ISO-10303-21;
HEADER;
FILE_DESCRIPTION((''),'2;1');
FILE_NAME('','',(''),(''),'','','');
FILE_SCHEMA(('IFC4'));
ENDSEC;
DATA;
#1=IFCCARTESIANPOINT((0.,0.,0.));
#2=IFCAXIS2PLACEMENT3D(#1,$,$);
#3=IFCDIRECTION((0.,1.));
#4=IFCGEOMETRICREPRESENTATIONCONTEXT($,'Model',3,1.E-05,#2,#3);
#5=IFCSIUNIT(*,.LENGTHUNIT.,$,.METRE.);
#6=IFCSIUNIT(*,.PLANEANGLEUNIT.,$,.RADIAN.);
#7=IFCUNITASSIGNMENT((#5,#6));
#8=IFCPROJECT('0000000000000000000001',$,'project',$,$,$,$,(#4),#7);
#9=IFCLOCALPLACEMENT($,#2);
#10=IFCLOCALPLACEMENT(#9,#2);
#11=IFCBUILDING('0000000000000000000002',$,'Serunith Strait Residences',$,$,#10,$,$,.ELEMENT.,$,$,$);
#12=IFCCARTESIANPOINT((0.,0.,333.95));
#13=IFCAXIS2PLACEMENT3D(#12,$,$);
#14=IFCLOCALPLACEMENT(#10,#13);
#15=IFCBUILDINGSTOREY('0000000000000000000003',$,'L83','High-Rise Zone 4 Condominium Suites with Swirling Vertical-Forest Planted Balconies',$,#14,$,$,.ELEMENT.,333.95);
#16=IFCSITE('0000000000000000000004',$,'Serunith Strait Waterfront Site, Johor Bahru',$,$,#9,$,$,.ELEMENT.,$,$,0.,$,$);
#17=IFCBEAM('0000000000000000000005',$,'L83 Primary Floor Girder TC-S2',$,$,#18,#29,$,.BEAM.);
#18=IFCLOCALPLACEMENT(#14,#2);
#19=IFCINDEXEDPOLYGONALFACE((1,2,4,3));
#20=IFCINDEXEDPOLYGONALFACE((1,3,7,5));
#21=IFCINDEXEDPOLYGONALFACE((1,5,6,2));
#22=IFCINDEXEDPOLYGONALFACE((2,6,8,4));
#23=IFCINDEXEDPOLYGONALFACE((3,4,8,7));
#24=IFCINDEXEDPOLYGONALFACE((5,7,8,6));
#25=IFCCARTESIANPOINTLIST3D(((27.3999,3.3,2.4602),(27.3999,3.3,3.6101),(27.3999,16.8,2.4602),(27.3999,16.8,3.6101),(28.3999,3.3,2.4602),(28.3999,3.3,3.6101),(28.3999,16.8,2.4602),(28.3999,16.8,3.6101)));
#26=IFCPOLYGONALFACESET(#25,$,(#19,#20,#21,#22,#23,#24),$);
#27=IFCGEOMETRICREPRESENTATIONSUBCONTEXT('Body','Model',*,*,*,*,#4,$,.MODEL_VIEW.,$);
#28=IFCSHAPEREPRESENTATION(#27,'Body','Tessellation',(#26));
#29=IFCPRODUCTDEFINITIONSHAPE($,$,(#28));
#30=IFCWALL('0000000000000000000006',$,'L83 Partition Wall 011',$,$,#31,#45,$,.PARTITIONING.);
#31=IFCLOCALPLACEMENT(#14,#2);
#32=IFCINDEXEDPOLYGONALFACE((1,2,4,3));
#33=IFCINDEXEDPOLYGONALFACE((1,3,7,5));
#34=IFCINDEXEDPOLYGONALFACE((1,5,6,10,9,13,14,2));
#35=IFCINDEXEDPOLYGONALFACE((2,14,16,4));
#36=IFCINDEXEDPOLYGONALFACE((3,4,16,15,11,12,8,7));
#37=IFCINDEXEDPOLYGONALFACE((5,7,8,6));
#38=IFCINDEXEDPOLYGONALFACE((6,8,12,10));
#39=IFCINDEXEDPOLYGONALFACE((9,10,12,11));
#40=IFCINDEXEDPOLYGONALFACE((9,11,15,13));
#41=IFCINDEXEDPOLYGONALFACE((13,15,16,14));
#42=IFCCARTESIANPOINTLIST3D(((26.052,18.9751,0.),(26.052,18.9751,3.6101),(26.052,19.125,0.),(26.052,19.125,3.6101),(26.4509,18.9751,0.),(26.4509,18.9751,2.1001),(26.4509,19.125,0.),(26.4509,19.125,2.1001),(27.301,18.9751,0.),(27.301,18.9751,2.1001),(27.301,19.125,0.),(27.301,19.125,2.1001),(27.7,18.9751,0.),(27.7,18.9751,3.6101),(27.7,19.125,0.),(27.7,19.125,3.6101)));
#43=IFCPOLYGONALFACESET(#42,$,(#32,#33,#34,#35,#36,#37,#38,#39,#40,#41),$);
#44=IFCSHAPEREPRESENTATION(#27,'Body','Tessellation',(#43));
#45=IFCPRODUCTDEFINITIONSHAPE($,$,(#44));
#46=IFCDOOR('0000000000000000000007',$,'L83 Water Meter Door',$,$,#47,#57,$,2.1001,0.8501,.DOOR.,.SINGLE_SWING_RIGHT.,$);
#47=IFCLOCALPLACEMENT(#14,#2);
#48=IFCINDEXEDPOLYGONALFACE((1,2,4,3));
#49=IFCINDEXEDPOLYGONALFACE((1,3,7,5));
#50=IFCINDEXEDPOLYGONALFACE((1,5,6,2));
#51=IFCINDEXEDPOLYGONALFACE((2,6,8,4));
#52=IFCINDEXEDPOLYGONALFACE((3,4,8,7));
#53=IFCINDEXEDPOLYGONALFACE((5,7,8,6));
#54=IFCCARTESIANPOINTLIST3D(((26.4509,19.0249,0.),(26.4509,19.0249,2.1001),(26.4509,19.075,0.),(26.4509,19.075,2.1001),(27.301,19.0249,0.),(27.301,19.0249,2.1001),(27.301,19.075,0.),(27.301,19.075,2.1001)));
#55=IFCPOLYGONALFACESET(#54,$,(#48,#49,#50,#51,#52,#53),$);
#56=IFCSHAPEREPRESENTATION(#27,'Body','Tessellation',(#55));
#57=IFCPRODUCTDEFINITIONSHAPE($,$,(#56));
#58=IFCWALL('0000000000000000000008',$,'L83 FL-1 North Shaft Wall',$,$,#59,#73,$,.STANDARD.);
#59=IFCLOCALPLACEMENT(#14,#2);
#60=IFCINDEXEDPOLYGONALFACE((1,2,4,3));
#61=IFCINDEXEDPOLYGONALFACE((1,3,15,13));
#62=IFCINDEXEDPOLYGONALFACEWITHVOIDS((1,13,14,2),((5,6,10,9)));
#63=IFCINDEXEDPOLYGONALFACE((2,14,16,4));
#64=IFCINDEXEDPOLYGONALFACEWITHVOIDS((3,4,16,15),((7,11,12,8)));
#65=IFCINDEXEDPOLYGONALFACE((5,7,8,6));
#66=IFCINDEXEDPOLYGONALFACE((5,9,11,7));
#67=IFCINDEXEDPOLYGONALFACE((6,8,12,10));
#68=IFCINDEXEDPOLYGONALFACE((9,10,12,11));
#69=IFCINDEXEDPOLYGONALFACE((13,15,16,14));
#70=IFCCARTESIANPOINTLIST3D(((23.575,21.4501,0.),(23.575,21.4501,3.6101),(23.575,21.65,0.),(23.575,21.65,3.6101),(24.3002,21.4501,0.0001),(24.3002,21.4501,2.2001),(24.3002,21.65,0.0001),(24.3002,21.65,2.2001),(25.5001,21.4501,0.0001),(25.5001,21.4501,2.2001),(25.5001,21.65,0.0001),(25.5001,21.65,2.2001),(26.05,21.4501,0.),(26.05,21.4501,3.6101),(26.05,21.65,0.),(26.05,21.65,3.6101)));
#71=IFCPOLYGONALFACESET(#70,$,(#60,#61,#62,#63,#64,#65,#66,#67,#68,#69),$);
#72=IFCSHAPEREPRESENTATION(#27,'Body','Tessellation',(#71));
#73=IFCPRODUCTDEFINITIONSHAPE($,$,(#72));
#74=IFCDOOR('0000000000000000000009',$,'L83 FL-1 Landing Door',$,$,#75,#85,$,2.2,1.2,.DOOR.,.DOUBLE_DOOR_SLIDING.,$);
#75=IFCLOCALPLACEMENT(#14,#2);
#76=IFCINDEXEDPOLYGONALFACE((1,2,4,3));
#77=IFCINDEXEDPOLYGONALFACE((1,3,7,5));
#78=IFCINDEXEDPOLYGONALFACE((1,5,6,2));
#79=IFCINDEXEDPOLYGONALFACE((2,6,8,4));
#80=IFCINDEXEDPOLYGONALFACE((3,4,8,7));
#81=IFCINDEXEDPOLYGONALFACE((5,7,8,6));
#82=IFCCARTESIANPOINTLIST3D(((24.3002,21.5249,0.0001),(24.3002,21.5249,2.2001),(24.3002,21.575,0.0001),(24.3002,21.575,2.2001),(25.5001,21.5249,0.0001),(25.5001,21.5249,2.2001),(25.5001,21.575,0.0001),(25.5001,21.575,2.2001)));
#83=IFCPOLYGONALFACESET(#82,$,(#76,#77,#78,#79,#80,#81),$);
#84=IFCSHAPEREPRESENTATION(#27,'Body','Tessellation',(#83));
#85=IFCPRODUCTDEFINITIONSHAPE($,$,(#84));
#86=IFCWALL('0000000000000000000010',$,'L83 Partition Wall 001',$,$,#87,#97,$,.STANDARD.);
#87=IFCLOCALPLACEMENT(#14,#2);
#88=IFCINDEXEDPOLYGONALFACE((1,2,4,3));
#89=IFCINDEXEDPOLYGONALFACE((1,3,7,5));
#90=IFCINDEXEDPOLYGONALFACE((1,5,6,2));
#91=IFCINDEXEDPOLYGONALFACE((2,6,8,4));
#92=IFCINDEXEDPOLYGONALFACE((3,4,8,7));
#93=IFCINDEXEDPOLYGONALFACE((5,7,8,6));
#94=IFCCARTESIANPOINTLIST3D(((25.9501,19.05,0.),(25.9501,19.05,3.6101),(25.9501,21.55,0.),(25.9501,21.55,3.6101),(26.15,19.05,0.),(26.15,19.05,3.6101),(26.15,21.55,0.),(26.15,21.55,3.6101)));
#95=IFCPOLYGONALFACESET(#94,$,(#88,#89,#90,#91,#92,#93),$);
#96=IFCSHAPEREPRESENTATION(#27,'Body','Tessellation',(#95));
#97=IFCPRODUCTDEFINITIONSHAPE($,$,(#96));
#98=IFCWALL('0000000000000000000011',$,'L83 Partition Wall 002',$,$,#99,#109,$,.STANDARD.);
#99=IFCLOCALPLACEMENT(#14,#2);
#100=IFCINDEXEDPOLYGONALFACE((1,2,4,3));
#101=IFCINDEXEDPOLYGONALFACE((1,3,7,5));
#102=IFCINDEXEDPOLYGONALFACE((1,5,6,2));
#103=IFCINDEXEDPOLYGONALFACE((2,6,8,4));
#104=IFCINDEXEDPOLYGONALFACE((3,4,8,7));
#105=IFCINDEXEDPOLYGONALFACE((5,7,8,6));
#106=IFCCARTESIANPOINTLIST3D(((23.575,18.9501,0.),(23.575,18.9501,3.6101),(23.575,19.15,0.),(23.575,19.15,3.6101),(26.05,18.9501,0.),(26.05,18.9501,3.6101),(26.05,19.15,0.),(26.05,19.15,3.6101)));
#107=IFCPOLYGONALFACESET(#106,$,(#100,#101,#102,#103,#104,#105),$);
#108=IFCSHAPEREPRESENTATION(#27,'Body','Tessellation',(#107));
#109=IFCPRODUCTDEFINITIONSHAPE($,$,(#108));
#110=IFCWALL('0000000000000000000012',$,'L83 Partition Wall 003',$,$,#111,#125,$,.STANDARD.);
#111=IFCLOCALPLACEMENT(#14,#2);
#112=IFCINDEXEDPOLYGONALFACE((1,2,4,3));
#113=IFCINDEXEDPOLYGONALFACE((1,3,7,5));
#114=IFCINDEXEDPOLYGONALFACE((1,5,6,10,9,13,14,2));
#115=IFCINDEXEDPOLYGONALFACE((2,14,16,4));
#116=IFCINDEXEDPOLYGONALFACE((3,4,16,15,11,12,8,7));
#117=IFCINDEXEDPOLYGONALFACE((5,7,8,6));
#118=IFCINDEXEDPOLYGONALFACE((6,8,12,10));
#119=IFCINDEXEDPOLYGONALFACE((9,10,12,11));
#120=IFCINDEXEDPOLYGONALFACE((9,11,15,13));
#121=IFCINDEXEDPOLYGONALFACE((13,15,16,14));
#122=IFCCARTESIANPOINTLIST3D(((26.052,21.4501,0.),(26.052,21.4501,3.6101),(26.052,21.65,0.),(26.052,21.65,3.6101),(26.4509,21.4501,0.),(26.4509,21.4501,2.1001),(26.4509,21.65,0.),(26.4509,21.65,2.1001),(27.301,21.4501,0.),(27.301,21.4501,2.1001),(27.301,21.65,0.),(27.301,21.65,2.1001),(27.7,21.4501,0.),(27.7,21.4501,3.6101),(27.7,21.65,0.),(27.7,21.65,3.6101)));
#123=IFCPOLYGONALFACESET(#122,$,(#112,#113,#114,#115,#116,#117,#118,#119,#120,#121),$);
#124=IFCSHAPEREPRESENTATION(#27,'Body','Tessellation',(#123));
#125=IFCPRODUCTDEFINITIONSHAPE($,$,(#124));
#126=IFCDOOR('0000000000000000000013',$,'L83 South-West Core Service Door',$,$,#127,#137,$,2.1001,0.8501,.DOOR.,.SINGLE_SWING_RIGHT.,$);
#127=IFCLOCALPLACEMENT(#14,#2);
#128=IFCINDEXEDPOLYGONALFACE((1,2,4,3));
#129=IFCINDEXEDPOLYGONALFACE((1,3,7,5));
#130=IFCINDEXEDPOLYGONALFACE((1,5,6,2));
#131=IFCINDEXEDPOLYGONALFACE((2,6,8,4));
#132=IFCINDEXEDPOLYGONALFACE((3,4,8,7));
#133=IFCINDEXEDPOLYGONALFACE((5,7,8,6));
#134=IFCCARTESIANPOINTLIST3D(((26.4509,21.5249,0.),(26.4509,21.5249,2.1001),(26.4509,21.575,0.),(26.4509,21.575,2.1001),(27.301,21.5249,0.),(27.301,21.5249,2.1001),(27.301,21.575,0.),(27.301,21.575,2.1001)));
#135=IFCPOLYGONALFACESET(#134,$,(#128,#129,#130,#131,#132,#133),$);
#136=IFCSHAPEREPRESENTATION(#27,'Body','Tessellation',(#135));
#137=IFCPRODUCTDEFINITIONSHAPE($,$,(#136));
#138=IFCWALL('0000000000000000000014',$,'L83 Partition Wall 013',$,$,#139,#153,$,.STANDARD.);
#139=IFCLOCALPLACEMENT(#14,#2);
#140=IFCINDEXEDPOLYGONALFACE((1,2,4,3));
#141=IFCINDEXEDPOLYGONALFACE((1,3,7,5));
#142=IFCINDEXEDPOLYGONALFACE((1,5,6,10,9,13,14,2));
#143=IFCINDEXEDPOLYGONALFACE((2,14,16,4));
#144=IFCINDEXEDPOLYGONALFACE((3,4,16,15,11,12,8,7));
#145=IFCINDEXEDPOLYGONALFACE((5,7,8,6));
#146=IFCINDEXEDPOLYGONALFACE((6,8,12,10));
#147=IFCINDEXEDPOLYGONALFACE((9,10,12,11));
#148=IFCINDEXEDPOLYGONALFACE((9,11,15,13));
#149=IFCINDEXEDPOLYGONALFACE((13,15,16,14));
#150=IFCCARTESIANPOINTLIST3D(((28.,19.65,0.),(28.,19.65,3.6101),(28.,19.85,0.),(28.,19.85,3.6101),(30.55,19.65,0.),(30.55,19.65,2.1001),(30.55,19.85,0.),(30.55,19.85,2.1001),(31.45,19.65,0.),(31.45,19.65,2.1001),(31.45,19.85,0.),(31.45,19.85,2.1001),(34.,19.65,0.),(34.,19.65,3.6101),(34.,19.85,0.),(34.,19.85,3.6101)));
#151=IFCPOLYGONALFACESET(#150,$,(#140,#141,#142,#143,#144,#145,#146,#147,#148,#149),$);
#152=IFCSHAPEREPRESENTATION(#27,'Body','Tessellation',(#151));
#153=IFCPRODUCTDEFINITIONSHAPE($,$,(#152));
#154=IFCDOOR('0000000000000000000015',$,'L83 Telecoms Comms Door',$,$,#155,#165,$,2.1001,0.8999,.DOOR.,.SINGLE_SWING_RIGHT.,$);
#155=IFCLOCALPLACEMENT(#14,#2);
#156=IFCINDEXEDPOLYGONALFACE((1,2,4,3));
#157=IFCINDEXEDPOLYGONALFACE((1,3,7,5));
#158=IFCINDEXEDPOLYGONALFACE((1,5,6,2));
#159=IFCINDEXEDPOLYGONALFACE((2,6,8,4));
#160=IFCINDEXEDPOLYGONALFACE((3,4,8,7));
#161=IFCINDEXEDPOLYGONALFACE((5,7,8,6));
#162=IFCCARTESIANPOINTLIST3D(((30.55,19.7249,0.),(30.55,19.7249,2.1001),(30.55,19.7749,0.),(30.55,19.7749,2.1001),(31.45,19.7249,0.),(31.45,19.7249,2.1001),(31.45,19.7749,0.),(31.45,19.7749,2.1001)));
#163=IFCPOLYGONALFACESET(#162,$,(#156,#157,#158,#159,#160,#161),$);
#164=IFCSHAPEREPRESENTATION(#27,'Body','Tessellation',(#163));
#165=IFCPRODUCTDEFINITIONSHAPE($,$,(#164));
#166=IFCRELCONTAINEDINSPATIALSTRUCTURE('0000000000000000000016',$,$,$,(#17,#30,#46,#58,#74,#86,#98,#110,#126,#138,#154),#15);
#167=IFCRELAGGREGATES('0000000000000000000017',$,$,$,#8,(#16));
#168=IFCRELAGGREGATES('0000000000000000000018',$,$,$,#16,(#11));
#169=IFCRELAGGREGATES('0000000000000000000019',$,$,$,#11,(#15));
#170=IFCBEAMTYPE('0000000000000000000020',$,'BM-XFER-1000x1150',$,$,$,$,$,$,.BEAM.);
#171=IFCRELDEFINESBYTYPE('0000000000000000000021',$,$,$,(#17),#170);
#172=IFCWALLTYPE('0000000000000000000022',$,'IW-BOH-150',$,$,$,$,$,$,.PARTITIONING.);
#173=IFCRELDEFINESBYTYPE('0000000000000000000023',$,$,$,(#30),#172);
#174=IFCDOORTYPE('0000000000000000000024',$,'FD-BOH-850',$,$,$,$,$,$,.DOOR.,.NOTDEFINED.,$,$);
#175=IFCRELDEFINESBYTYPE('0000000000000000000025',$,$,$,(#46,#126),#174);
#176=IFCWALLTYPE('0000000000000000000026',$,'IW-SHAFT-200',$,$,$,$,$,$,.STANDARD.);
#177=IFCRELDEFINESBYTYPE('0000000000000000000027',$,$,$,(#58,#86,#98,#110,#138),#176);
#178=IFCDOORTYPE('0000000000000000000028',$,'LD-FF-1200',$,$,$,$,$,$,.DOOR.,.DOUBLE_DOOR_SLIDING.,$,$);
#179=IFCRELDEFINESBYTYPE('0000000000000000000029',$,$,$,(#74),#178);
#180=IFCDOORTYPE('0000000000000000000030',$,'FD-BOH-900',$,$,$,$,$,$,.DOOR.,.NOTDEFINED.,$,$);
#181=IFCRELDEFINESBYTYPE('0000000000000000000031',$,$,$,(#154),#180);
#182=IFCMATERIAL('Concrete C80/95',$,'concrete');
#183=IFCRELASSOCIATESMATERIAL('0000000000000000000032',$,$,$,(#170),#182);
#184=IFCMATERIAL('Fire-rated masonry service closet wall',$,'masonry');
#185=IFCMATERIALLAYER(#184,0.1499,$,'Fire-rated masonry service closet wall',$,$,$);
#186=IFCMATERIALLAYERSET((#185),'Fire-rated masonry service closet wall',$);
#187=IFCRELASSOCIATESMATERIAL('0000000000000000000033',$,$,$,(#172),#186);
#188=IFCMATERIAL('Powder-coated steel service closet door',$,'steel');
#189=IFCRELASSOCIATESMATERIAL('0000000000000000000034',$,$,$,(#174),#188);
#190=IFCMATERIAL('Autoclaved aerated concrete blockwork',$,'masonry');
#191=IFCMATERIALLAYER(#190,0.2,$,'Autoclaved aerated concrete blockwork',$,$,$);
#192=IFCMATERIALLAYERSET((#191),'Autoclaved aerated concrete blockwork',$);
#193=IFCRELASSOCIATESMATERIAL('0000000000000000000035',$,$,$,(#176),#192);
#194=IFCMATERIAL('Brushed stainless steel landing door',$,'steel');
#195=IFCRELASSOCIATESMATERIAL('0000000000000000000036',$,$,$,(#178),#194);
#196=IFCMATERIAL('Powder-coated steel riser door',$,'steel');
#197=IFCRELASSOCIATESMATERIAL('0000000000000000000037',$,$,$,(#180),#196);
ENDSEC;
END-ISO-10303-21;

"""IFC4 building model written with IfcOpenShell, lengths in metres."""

from ifc_helpers import new_model, si_unit, direction, frame, frame_2d, origin, origin_2d, place, context, subcontext, project, spatial, rectangle, extrude, source, transform, mapped, material, layer, layer_set, material_profile, profile_set, type_object, element, fill, save


model = new_model("IFC4")

# Units and contexts
model_context = context("Model", 3, precision=1e-05, world=origin(), true_north=direction((0.0, 1.0)))
body_context = subcontext(model_context, "Body", "Model", "MODEL_VIEW")
ifc_project = project(units=[si_unit("LENGTHUNIT", "METRE"), si_unit("PLANEANGLEUNIT", "RADIAN")], contexts=[model_context])

# Site, building, storey
site_placement = place(None, origin())
site = spatial("IfcSite", under=ifc_project, at=site_placement, Name="Serunith Strait Waterfront Site, Johor Bahru", CompositionType="ELEMENT", RefElevation=0.0)
building_placement = place(site_placement, origin())
building = spatial("IfcBuilding", under=site, at=building_placement, Name="Serunith Strait Residences", CompositionType="ELEMENT")
storey_placement = place(building_placement, frame((0.0, 0.0, 333.95)))
storey = spatial("IfcBuildingStorey", under=building, at=storey_placement, Name="L83", Description="High-Rise Zone 4 Condominium Suites with Swirling Vertical-Forest Planted Balconies", CompositionType="ELEMENT", Elevation=333.95)

# Beam
ifc_material_1 = material(Name="Concrete C80/95", Category="concrete")
ifc_material_profile = material_profile(ifc_material_1, rectangle(XDim=1.0, YDim=1.1499, at=origin_2d()), Name="RC 1000x1150")
ifc_profile_set = profile_set([ifc_material_profile], Name="Concrete C80/95")
beam_type = type_object("IfcBeamType", Name="BM-XFER-1000x1150", PredefinedType="BEAM", material=ifc_profile_set)
shared_shape_1 = source(origin(), body_context, "Body", "SweptSolid", [
    extrude(rectangle(XDim=1.0, YDim=1.1499, at=origin_2d()), origin(), (0.0, 0.0, 1.0), 13.5),
])
beam_placement = place(storey_placement, frame((27.8999, 16.8, 3.0352), z_axis=(0.0, -1.0, 0.0), x_axis=(1.0, 0.0, 0.0)))
element("IfcBeam", 1, at=beam_placement, inside=storey, type_object=beam_type, Name="L83 Primary Floor Girder TC-S2", PredefinedType="BEAM", context=body_context, shape_type="MappedRepresentation", body=[
    mapped(shared_shape_1, transform((0.0, 0.0, 0.0), scale=1.0)),
])

# Walls, openings, doors
ifc_material_2 = material(Name="Fire-rated masonry service closet wall", Category="masonry")
ifc_layer_1 = layer(ifc_material_2, 0.1499, Name="Fire-rated masonry service closet wall")
ifc_layer_set_1 = layer_set([ifc_layer_1], Name="Fire-rated masonry service closet wall")
wall_type_1 = type_object("IfcWallType", Name="IW-BOH-150", PredefinedType="PARTITIONING", material=ifc_layer_set_1)
wall_1_placement = place(storey_placement, frame((26.052, 19.05, 0.0), z_axis=(0.0, 0.0, 1.0), x_axis=(1.0, 0.0, 0.0)))
wall_1 = element("IfcWall", 2, at=wall_1_placement, inside=storey, type_object=wall_type_1, Name="L83 Partition Wall 011", PredefinedType="PARTITIONING", context=body_context, shape_type="SweptSolid", body=[
    extrude(rectangle(XDim=1.6479, YDim=0.1499, at=frame_2d((0.824, 0.0))), origin(), (0.0, 0.0, 1.0), 3.6101),
])
opening_1_placement = place(wall_1_placement, frame((0.3989, 0.0, 0.0)))
opening_1 = element("IfcOpeningElement", 3, at=opening_1_placement, cuts=wall_1, PredefinedType="OPENING", context=body_context, shape_type="SweptSolid", body=[
    extrude(rectangle(XDim=0.8501, YDim=2.1001, at=frame_2d((0.425, 1.05))), frame((0.0, 0.085, 0.0), z_axis=(0.0, -1.0, 0.0), x_axis=(1.0, 0.0, 0.0)), (0.0, 0.0, 1.0), 0.1699),
])
ifc_material_3 = material(Name="Powder-coated steel service closet door", Category="steel")
door_type_1 = type_object("IfcDoorType", Name="FD-BOH-850", OperationType="NOTDEFINED", PredefinedType="DOOR", material=ifc_material_3)
shared_shape_2 = source(origin(), body_context, "Body", "SweptSolid", [
    extrude(rectangle(XDim=0.8501, YDim=2.1001, at=frame_2d((0.425, 1.05))), frame((0.0, 0.0249, 0.0), z_axis=(0.0, -1.0, 0.0), x_axis=(1.0, 0.0, 0.0)), (0.0, 0.0, 1.0), 0.05),
])
door_1_placement = place(opening_1_placement, origin())
door_1 = element("IfcDoor", 4, at=door_1_placement, inside=storey, type_object=door_type_1, Name="L83 Water Meter Door", OperationType="SINGLE_SWING_RIGHT", OverallHeight=2.1001, OverallWidth=0.8501, PredefinedType="DOOR", context=body_context, shape_type="MappedRepresentation", body=[
    mapped(shared_shape_2, transform((0.0, 0.0, 0.0), scale=1.0)),
])
fill(opening_1, door_1)
ifc_material_4 = material(Name="Autoclaved aerated concrete blockwork", Category="masonry")
ifc_layer_2 = layer(ifc_material_4, 0.2, Name="Autoclaved aerated concrete blockwork")
ifc_layer_set_2 = layer_set([ifc_layer_2], Name="Autoclaved aerated concrete blockwork")
wall_type_2 = type_object("IfcWallType", Name="IW-SHAFT-200", PredefinedType="STANDARD", material=ifc_layer_set_2)
wall_2_placement = place(storey_placement, frame((23.575, 21.55, 0.0), z_axis=(0.0, 0.0, 1.0), x_axis=(1.0, 0.0, 0.0)))
wall_2 = element("IfcWall", 5, at=wall_2_placement, inside=storey, type_object=wall_type_2, Name="L83 FL-1 North Shaft Wall", PredefinedType="STANDARD", context=body_context, shape_type="SweptSolid", body=[
    extrude(rectangle(XDim=2.4751, YDim=0.2, at=frame_2d((1.2375, 0.0))), origin(), (0.0, 0.0, 1.0), 3.6101),
])
opening_2_placement = place(wall_2_placement, frame((0.7251, 0.0, 0.0)))
opening_2 = element("IfcOpeningElement", 6, at=opening_2_placement, cuts=wall_2, PredefinedType="OPENING", context=body_context, shape_type="SweptSolid", body=[
    extrude(rectangle(XDim=1.2, YDim=2.2, at=frame_2d((0.6001, 1.1001))), frame((0.0, 0.1099, 0.0), z_axis=(0.0, -1.0, 0.0), x_axis=(1.0, 0.0, 0.0)), (0.0, 0.0, 1.0), 0.22),
])
ifc_material_5 = material(Name="Brushed stainless steel landing door", Category="steel")
door_type_2 = type_object("IfcDoorType", Name="LD-FF-1200", OperationType="DOUBLE_DOOR_SLIDING", PredefinedType="DOOR", material=ifc_material_5)
shared_shape_3 = source(origin(), body_context, "Body", "SweptSolid", [
    extrude(rectangle(XDim=1.2, YDim=2.2, at=frame_2d((0.6001, 1.1001))), frame((0.0, 0.0249, 0.0), z_axis=(0.0, -1.0, 0.0), x_axis=(1.0, 0.0, 0.0)), (0.0, 0.0, 1.0), 0.05),
])
door_2_placement = place(opening_2_placement, origin())
door_2 = element("IfcDoor", 7, at=door_2_placement, inside=storey, type_object=door_type_2, Name="L83 FL-1 Landing Door", OperationType="DOUBLE_DOOR_SLIDING", OverallHeight=2.2, OverallWidth=1.2, PredefinedType="DOOR", context=body_context, shape_type="MappedRepresentation", body=[
    mapped(shared_shape_3, transform((0.0, 0.0, 0.0), scale=1.0)),
])
fill(opening_2, door_2)

# Walls
wall_3_placement = place(storey_placement, frame((26.05, 19.05, 0.0), z_axis=(0.0, 0.0, 1.0), x_axis=(0.0, 1.0, 0.0)))
element("IfcWall", 8, at=wall_3_placement, inside=storey, type_object=wall_type_2, Name="L83 Partition Wall 001", PredefinedType="STANDARD", context=body_context, shape_type="SweptSolid", body=[
    extrude(rectangle(XDim=2.5, YDim=0.2, at=frame_2d((1.25, 0.0))), origin(), (0.0, 0.0, 1.0), 3.6101),
])
wall_4_placement = place(storey_placement, frame((23.575, 19.05, 0.0), z_axis=(0.0, 0.0, 1.0), x_axis=(1.0, 0.0, 0.0)))
element("IfcWall", 9, at=wall_4_placement, inside=storey, type_object=wall_type_2, Name="L83 Partition Wall 002", PredefinedType="STANDARD", context=body_context, shape_type="SweptSolid", body=[
    extrude(rectangle(XDim=2.4751, YDim=0.2, at=frame_2d((1.2375, 0.0))), origin(), (0.0, 0.0, 1.0), 3.6101),
])

# Walls, openings, doors
wall_5_placement = place(storey_placement, frame((26.052, 21.55, 0.0), z_axis=(0.0, 0.0, 1.0), x_axis=(1.0, 0.0, 0.0)))
wall_5 = element("IfcWall", 10, at=wall_5_placement, inside=storey, type_object=wall_type_2, Name="L83 Partition Wall 003", PredefinedType="STANDARD", context=body_context, shape_type="SweptSolid", body=[
    extrude(rectangle(XDim=1.6479, YDim=0.2, at=frame_2d((0.824, 0.0))), origin(), (0.0, 0.0, 1.0), 3.6101),
])
opening_3_placement = place(wall_5_placement, frame((0.3989, 0.0, 0.0)))
opening_3 = element("IfcOpeningElement", 11, at=opening_3_placement, cuts=wall_5, PredefinedType="OPENING", context=body_context, shape_type="SweptSolid", body=[
    extrude(rectangle(XDim=0.8501, YDim=2.1001, at=frame_2d((0.425, 1.05))), frame((0.0, 0.1099, 0.0), z_axis=(0.0, -1.0, 0.0), x_axis=(1.0, 0.0, 0.0)), (0.0, 0.0, 1.0), 0.22),
])
door_3_placement = place(opening_3_placement, origin())
door_3 = element("IfcDoor", 12, at=door_3_placement, inside=storey, type_object=door_type_1, Name="L83 South-West Core Service Door", OperationType="SINGLE_SWING_RIGHT", OverallHeight=2.1001, OverallWidth=0.8501, PredefinedType="DOOR", context=body_context, shape_type="MappedRepresentation", body=[
    mapped(shared_shape_2, transform((0.0, 0.0, 0.0), scale=1.0)),
])
fill(opening_3, door_3)
wall_6_placement = place(storey_placement, frame((28.0, 19.75, 0.0), z_axis=(0.0, 0.0, 1.0), x_axis=(1.0, 0.0, 0.0)))
wall_6 = element("IfcWall", 13, at=wall_6_placement, inside=storey, type_object=wall_type_2, Name="L83 Partition Wall 013", PredefinedType="STANDARD", context=body_context, shape_type="SweptSolid", body=[
    extrude(rectangle(XDim=6.0, YDim=0.2, at=frame_2d((3.0, 0.0))), origin(), (0.0, 0.0, 1.0), 3.6101),
])
opening_4_placement = place(wall_6_placement, frame((2.55, 0.0, 0.0)))
opening_4 = element("IfcOpeningElement", 14, at=opening_4_placement, cuts=wall_6, PredefinedType="OPENING", context=body_context, shape_type="SweptSolid", body=[
    extrude(rectangle(XDim=0.8999, YDim=2.1001, at=frame_2d((0.45, 1.05))), frame((0.0, 0.1099, 0.0), z_axis=(0.0, -1.0, 0.0), x_axis=(1.0, 0.0, 0.0)), (0.0, 0.0, 1.0), 0.22),
])
ifc_material_6 = material(Name="Powder-coated steel riser door", Category="steel")
door_type_3 = type_object("IfcDoorType", Name="FD-BOH-900", OperationType="NOTDEFINED", PredefinedType="DOOR", material=ifc_material_6)
shared_shape_4 = source(origin(), body_context, "Body", "SweptSolid", [
    extrude(rectangle(XDim=0.8999, YDim=2.1001, at=frame_2d((0.45, 1.05))), frame((0.0, 0.0249, 0.0), z_axis=(0.0, -1.0, 0.0), x_axis=(1.0, 0.0, 0.0)), (0.0, 0.0, 1.0), 0.05),
])
door_4_placement = place(opening_4_placement, origin())
door_4 = element("IfcDoor", 15, at=door_4_placement, inside=storey, type_object=door_type_3, Name="L83 Telecoms Comms Door", OperationType="SINGLE_SWING_RIGHT", OverallHeight=2.1001, OverallWidth=0.8999, PredefinedType="DOOR", context=body_context, shape_type="MappedRepresentation", body=[
    mapped(shared_shape_4, transform((0.0, 0.0, 0.0), scale=1.0)),
])
fill(opening_4, door_4)

save(model, "model.ifc")
